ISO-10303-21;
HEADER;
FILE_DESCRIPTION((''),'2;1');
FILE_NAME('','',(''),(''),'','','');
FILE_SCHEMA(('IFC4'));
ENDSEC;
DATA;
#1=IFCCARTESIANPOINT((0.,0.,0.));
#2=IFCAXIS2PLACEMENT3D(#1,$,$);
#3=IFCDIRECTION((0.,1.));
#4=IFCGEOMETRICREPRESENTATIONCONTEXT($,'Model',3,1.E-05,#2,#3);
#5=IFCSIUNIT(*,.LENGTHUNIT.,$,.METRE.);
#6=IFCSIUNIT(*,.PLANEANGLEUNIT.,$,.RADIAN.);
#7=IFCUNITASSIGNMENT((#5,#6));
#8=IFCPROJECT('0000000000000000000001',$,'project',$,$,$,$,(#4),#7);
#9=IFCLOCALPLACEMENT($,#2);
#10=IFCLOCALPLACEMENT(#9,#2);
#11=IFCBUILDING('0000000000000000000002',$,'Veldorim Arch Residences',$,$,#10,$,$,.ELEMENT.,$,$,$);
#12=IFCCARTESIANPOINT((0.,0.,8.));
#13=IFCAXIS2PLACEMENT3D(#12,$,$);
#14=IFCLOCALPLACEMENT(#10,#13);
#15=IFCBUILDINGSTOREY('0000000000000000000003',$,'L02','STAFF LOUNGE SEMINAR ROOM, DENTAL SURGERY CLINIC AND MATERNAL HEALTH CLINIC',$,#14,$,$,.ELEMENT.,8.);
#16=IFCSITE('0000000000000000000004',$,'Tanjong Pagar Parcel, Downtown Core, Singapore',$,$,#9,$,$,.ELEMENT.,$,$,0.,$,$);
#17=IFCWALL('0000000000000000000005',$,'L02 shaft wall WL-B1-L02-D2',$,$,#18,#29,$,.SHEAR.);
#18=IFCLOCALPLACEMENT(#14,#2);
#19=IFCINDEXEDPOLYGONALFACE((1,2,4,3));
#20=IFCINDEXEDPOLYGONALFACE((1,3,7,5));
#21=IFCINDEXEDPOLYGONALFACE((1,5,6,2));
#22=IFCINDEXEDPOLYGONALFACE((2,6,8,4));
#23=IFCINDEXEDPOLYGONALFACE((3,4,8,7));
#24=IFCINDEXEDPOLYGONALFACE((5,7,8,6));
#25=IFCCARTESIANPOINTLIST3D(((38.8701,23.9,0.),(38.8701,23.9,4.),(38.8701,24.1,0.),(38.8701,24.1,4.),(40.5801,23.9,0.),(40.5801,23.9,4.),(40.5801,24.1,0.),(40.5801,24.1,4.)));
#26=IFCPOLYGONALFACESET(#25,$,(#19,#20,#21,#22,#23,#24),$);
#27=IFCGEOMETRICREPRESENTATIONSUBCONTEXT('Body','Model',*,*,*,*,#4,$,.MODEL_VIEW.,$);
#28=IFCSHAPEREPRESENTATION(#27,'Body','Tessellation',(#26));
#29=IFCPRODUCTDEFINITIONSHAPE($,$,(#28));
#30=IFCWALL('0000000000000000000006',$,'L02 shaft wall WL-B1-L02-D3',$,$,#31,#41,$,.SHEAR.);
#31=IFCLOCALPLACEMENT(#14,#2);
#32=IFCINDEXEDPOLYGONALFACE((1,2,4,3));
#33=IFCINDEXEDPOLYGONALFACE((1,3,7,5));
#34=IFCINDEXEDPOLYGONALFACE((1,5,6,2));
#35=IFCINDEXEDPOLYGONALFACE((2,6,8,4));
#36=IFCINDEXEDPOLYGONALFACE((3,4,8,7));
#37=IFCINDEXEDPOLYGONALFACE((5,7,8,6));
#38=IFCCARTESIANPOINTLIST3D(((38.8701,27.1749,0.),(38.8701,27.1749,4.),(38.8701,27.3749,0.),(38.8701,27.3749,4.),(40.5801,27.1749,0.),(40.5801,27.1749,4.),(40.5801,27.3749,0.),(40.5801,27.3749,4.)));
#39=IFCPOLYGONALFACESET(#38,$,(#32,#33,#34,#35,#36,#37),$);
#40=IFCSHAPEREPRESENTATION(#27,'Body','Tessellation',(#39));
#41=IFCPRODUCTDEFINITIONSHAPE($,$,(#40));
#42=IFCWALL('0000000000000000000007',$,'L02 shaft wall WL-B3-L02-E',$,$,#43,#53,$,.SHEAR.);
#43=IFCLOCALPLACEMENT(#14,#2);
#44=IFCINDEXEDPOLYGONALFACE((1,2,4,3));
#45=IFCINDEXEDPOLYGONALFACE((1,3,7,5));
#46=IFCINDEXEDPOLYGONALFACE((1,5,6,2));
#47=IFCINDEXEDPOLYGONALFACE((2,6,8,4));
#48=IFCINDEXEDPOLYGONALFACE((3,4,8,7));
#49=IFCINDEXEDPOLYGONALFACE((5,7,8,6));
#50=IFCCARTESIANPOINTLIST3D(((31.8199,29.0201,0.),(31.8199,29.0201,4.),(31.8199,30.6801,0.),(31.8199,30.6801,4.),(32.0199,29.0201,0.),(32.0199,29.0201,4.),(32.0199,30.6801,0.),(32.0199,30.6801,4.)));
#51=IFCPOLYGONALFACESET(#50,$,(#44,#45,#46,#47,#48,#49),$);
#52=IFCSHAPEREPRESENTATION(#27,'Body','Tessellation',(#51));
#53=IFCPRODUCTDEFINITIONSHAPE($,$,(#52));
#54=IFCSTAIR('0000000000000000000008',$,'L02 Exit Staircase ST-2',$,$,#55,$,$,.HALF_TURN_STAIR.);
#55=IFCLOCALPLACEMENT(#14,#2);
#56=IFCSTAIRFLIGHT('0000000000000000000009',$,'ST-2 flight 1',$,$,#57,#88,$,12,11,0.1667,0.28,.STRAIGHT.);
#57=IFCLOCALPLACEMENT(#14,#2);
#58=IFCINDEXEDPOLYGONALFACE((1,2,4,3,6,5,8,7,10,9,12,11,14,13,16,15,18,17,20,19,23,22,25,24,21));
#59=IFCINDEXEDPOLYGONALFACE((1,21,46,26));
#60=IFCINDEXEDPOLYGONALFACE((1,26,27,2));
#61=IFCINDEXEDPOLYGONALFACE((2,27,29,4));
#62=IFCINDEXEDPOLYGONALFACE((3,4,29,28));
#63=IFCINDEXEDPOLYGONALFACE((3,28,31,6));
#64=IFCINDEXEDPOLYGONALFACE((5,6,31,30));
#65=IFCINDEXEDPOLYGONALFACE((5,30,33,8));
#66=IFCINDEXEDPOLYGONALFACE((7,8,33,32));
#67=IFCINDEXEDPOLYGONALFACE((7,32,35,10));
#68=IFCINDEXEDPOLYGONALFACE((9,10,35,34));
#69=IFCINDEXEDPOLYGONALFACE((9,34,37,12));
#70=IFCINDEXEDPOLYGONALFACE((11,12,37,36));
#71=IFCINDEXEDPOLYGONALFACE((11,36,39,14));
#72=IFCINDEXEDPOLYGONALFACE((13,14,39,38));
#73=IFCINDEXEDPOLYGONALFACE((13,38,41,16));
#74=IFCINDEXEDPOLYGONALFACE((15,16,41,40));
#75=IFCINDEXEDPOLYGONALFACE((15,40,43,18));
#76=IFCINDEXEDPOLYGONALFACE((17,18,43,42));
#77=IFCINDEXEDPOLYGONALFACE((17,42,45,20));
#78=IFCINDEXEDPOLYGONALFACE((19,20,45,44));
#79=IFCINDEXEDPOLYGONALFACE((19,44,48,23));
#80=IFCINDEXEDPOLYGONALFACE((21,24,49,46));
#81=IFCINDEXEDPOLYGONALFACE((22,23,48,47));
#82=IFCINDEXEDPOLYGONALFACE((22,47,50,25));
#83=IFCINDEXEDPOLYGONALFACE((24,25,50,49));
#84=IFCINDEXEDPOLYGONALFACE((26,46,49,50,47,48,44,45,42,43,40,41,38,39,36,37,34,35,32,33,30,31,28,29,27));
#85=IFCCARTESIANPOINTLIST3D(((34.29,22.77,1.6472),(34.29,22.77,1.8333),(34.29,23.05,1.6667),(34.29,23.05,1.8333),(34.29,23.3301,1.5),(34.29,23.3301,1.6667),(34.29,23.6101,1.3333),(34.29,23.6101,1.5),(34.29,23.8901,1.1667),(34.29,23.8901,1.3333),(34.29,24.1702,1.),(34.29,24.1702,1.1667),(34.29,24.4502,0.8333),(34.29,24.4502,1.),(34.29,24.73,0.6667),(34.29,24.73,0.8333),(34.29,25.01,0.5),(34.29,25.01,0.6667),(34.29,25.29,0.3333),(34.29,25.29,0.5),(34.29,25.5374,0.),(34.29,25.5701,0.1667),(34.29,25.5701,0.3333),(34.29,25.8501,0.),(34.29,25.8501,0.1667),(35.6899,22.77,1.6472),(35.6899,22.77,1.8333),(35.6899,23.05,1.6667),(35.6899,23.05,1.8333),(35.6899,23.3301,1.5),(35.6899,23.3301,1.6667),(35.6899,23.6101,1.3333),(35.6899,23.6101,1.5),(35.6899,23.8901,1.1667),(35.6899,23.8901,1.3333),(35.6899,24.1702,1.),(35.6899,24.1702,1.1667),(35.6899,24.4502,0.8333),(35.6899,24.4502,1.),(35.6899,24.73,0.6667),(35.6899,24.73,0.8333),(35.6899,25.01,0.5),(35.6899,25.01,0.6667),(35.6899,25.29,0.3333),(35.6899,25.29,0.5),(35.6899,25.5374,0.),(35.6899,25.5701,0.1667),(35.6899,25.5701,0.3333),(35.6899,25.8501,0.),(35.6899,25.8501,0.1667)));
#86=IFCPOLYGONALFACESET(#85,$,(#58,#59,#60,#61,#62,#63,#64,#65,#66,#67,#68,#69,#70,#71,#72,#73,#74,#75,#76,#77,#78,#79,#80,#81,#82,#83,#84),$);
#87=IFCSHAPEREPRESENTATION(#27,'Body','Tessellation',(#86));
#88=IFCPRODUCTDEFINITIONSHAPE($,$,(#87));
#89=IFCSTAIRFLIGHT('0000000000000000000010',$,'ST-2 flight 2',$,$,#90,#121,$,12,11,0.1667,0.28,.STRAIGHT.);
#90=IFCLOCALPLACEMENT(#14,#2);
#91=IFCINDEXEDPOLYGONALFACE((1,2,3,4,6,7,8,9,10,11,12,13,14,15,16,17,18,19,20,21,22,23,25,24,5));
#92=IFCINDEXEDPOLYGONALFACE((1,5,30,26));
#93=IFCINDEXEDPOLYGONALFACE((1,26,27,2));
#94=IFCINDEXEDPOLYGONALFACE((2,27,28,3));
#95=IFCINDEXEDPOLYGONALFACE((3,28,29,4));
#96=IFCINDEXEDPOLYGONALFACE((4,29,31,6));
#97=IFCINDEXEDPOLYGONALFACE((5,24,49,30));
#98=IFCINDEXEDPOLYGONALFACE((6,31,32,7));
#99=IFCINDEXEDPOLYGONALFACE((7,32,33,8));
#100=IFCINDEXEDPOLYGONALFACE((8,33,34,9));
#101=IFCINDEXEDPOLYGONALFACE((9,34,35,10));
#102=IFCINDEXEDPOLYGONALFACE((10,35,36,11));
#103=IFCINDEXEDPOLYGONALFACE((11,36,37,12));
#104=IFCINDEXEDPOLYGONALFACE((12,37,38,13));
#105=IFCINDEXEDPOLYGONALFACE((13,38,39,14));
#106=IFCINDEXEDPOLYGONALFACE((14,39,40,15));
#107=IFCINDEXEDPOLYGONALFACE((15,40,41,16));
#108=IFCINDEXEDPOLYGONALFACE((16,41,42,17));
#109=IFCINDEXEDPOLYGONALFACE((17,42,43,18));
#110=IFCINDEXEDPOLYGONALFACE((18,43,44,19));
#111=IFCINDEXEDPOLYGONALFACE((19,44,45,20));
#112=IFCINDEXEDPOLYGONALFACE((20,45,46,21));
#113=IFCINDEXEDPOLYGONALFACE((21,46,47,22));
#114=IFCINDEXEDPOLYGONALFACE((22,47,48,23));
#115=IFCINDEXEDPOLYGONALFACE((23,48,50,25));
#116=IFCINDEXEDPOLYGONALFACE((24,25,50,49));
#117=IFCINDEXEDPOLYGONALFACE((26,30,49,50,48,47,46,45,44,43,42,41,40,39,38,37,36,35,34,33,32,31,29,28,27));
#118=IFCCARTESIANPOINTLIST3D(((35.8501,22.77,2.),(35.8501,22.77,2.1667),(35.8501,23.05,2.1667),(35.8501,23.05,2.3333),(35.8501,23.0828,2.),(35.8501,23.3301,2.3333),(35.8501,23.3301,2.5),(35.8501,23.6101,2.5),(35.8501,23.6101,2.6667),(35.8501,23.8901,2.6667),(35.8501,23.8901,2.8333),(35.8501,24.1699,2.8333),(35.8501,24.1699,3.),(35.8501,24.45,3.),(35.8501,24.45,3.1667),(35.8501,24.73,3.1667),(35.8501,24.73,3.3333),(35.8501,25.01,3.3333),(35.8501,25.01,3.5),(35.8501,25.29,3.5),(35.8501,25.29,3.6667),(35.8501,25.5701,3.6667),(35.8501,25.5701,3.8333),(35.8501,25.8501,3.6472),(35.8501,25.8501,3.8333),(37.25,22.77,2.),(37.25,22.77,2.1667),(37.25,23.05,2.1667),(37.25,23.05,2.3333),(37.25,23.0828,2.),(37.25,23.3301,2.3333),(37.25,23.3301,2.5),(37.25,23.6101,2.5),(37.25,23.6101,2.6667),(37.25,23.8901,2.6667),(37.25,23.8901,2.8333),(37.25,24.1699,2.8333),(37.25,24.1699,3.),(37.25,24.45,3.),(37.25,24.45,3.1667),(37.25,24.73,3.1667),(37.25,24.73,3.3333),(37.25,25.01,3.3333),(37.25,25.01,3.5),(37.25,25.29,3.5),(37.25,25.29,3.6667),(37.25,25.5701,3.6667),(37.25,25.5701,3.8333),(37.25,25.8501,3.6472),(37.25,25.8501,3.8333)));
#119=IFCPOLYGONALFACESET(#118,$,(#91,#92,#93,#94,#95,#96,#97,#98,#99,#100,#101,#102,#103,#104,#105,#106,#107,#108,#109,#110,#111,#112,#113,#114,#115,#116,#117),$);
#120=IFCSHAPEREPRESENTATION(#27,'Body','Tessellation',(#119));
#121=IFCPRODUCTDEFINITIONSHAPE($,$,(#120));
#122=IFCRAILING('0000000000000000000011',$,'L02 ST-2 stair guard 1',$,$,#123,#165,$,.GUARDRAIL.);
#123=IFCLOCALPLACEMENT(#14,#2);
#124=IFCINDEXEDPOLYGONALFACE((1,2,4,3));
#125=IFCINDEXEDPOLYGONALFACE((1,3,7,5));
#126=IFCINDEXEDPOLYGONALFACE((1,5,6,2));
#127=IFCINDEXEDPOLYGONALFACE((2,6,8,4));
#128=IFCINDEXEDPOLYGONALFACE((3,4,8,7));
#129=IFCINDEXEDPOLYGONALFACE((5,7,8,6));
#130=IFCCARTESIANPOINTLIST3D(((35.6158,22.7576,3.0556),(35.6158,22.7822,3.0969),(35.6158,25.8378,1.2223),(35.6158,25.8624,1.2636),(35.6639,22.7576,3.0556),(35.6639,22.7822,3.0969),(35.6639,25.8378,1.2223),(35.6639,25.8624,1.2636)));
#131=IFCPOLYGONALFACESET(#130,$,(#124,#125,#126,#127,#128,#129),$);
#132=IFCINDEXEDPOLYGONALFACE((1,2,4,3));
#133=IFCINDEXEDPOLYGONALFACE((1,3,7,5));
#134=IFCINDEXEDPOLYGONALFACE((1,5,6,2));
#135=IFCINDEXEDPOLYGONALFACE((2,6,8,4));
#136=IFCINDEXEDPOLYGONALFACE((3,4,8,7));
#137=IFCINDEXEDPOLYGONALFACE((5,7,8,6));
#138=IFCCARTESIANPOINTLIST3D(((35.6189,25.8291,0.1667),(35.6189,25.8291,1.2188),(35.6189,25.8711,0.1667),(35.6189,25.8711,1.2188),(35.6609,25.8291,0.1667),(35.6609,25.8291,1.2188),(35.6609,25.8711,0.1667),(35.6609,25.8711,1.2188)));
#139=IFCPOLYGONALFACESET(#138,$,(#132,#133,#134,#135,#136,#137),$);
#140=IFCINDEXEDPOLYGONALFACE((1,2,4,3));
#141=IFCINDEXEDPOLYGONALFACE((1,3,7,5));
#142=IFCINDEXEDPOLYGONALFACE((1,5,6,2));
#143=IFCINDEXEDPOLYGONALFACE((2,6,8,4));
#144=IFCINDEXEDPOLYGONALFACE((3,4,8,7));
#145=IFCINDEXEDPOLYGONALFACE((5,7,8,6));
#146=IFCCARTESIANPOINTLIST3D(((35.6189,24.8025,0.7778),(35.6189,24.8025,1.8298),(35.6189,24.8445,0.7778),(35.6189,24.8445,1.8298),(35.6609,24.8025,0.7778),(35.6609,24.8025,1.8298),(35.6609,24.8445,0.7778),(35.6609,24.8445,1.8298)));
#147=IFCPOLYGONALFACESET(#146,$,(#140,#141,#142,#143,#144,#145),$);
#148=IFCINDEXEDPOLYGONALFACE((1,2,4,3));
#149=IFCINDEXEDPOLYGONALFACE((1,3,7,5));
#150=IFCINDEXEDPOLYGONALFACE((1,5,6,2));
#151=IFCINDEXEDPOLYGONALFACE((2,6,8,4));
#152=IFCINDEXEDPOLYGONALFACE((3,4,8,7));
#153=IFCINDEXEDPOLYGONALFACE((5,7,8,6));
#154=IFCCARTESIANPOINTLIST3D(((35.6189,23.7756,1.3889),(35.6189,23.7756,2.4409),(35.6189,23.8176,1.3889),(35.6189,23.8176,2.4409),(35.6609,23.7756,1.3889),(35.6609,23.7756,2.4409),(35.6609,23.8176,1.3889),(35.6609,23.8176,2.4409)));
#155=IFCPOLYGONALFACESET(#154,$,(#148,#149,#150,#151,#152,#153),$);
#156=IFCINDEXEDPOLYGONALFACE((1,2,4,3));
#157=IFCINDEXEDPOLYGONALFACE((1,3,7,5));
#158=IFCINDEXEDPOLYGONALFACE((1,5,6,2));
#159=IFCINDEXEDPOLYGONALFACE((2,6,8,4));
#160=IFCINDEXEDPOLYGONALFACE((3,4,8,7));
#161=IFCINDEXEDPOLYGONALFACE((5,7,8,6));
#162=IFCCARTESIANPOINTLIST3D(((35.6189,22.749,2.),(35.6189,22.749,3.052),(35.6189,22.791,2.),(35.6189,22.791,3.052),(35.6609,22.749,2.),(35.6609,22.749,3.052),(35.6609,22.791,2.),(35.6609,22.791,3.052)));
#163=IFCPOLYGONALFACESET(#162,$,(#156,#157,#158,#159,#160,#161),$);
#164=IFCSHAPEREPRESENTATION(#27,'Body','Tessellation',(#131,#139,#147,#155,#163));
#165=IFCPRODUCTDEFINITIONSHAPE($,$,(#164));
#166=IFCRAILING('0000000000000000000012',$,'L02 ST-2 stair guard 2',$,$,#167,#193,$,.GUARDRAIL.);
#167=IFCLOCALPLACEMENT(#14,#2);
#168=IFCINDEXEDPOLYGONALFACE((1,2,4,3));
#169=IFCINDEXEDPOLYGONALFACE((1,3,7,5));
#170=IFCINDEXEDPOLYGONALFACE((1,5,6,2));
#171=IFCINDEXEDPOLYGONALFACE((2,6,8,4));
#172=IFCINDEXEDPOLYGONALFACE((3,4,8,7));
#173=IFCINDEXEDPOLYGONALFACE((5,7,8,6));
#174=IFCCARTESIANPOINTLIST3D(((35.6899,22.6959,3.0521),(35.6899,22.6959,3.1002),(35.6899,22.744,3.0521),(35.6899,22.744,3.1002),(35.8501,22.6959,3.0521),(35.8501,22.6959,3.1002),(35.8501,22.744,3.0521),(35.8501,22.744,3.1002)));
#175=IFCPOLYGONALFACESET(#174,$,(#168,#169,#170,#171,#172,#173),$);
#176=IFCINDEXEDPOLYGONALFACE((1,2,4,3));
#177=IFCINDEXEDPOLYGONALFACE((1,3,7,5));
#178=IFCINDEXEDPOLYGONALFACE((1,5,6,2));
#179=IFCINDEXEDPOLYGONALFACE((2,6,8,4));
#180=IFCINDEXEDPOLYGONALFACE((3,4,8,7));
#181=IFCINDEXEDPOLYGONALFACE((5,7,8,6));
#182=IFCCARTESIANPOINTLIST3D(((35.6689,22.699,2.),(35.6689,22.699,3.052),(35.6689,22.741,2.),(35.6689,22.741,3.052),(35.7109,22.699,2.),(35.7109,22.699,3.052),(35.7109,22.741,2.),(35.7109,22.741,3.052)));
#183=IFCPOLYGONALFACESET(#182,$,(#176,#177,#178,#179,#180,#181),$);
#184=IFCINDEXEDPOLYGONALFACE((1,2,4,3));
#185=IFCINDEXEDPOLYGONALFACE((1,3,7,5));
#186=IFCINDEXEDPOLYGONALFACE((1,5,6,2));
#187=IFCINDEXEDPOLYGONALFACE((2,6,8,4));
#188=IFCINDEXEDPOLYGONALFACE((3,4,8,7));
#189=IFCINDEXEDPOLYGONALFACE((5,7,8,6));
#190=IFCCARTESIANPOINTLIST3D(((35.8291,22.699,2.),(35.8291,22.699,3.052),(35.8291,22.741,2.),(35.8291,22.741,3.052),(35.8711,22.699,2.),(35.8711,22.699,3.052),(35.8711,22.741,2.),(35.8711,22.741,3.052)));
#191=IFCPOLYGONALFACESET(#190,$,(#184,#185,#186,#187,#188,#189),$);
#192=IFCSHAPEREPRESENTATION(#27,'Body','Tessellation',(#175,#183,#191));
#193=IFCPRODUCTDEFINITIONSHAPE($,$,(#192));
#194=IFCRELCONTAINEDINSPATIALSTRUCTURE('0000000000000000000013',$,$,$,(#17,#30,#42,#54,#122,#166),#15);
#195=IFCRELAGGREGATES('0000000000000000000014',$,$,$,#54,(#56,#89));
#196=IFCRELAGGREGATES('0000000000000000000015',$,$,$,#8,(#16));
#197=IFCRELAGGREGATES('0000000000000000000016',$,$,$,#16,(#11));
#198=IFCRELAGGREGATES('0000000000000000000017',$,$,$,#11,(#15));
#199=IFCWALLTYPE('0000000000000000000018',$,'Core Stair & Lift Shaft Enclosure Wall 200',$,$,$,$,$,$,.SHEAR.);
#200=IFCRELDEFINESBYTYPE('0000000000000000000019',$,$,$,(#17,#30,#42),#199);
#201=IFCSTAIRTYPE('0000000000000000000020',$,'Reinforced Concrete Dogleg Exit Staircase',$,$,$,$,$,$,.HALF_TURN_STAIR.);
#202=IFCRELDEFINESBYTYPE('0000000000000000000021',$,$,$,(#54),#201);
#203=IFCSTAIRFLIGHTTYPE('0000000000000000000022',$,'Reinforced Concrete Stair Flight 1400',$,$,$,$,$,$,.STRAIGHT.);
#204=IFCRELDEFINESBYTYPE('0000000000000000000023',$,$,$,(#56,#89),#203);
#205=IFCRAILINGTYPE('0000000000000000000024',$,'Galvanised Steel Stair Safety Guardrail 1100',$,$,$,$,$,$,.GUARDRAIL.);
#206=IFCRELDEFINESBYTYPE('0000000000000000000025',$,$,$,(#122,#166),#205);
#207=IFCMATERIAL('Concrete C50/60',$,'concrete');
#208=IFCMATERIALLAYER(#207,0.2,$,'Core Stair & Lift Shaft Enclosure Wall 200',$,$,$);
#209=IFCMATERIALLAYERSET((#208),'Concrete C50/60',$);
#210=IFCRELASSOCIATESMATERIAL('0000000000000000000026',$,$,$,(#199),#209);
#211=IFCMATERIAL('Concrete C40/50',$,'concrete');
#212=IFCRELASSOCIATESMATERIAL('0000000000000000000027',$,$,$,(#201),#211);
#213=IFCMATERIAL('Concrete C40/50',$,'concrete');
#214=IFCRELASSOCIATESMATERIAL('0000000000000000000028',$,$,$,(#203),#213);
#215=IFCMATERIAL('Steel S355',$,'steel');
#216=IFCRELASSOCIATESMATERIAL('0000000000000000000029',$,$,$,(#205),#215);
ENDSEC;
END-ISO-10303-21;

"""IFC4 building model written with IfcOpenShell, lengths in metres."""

from ifc_helpers import new_model, si_unit, direction, frame, frame_2d, origin, origin_2d, place, context, subcontext, project, spatial, polyline, rectangle, outline, extrude, material, layer, layer_set, type_object, element, aggregate, save


model = new_model("IFC4")

# Units and contexts
model_context = context("Model", 3, precision=1e-05, world=origin(), true_north=direction((0.0, 1.0)))
body_context = subcontext(model_context, "Body", "Model", "MODEL_VIEW")
ifc_project = project(units=[si_unit("LENGTHUNIT", "METRE"), si_unit("PLANEANGLEUNIT", "RADIAN")], contexts=[model_context])

# Site, building, storey
site_placement = place(None, origin())
site = spatial("IfcSite", under=ifc_project, at=site_placement, Name="Tanjong Pagar Parcel, Downtown Core, Singapore", CompositionType="ELEMENT", RefElevation=0.0)
building_placement = place(site_placement, origin())
building = spatial("IfcBuilding", under=site, at=building_placement, Name="Veldorim Arch Residences", CompositionType="ELEMENT")
storey_placement = place(building_placement, frame((0.0, 0.0, 8.0)))
storey = spatial("IfcBuildingStorey", under=building, at=storey_placement, Name="L02", Description="STAFF LOUNGE SEMINAR ROOM, DENTAL SURGERY CLINIC AND MATERNAL HEALTH CLINIC", CompositionType="ELEMENT", Elevation=8.0)

# Shared definitions
ifc_material_1 = material(Name="Concrete C50/60", Category="concrete")
ifc_layer_1 = layer(ifc_material_1, 0.2, Name="Core Stair & Lift Shaft Enclosure Wall 200")
ifc_layer_set_1 = layer_set([ifc_layer_1], Name="Concrete C50/60")
wall_type_1 = type_object("IfcWallType", Name="Core Stair & Lift Shaft Enclosure Wall 200", PredefinedType="SHEAR", material=ifc_layer_set_1)

# Walls
for number, where, z_axis, x_axis, name in (
    (1, (38.8701, 24.0, 0.0), (0.0, 0.0, 1.0), (1.0, 0.0, 0.0), "L02 shaft wall WL-B1-L02-D2"),
    (2, (38.8701, 27.2749, 0.0), (0.0, 0.0, 1.0), (1.0, 0.0, 0.0), "L02 shaft wall WL-B1-L02-D3"),
):
    element("IfcWall", number, at=place(storey_placement, frame(where, z_axis=z_axis, x_axis=x_axis)), inside=storey, type_object=wall_type_1, Name=name, PredefinedType="SHEAR", context=body_context, shape_type="SweptSolid", body=[
        extrude(rectangle(XDim=1.71, YDim=0.2, at=frame_2d((0.855, 0.0))), origin(), (0.0, 0.0, 1.0), 4.0),
    ])
wall_1_placement = place(storey_placement, frame((31.9199, 29.02, 0.0), z_axis=(0.0, 0.0, 1.0), x_axis=(0.0, 1.0, 0.0)))
element("IfcWall", 3, at=wall_1_placement, inside=storey, type_object=wall_type_1, Name="L02 shaft wall WL-B3-L02-E", PredefinedType="SHEAR", context=body_context, shape_type="SweptSolid", body=[
    extrude(rectangle(XDim=1.6599, YDim=0.2, at=frame_2d((0.8301, 0.0))), origin(), (0.0, 0.0, 1.0), 4.0),
])

# Stair, stair flights
ifc_material_2 = material(Name="Concrete C40/50", Category="concrete")
stair_type = type_object("IfcStairType", Name="Reinforced Concrete Dogleg Exit Staircase", PredefinedType="HALF_TURN_STAIR", material=ifc_material_2)
stair_placement = place(storey_placement, origin())
stair = element("IfcStair", 4, at=stair_placement, inside=storey, type_object=stair_type, Name="L02 Exit Staircase ST-2", PredefinedType="HALF_TURN_STAIR")
ifc_material_3 = material(Name="Concrete C40/50", Category="concrete")
stair_flight_type = type_object("IfcStairFlightType", Name="Reinforced Concrete Stair Flight 1400", PredefinedType="STRAIGHT", material=ifc_material_3)
stair_flight_1_placement = place(storey_placement, frame((34.99, 25.8501, 0.0), z_axis=(0.0, 0.0, 1.0), x_axis=(0.0, -1.0, 0.0)))
stair_flight_1 = element("IfcStairFlight", 5, at=stair_flight_1_placement, type_object=stair_flight_type, Name="ST-2 flight 1", NumberOfRisers=12, NumberOfTreads=11, PredefinedType="STRAIGHT", RiserHeight=0.1667, TreadLength=0.28, context=body_context, shape_type="SweptSolid", body=[
    extrude(outline(polyline([(0.0, 0.0), (0.0, 0.1667), (0.28, 0.1667), (0.28, 0.3333), (0.5601, 0.3333), (0.5601, 0.5), (0.8401, 0.5), (0.8401, 0.6667), (1.1201, 0.6667), (1.1201, 0.8333), (1.3999, 0.8333), (1.3999, 1.0), (1.6799, 1.0), (1.6799, 1.1667), (1.96, 1.1667), (1.96, 1.3333), (2.24, 1.3333), (2.24, 1.5), (2.52, 1.5), (2.52, 1.6667), (2.8, 1.6667), (2.8, 1.8333), (3.0801, 1.8333), (3.0801, 2.0), (3.0801, 1.6472), (0.3127, 0.0), (0.0, 0.0)])), frame((0.0, 0.7, 0.0), z_axis=(0.0, -1.0, 0.0), x_axis=(1.0, 0.0, 0.0)), (0.0, 0.0, 1.0), 1.3999),
])
stair_flight_2_placement = place(storey_placement, frame((36.55, 22.77, 2.0), z_axis=(0.0, 0.0, 1.0), x_axis=(0.0, 1.0, 0.0)))
stair_flight_2 = element("IfcStairFlight", 6, at=stair_flight_2_placement, type_object=stair_flight_type, Name="ST-2 flight 2", NumberOfRisers=12, NumberOfTreads=11, PredefinedType="STRAIGHT", RiserHeight=0.1667, TreadLength=0.28, context=body_context, shape_type="SweptSolid", body=[
    extrude(outline(polyline([(0.0, 0.0), (0.0, 0.1667), (0.28, 0.1667), (0.28, 0.3333), (0.5601, 0.3333), (0.5601, 0.5), (0.8401, 0.5), (0.8401, 0.6667), (1.1201, 0.6667), (1.1201, 0.8333), (1.3999, 0.8333), (1.3999, 1.0), (1.6799, 1.0), (1.6799, 1.1667), (1.96, 1.1667), (1.96, 1.3333), (2.24, 1.3333), (2.24, 1.5), (2.52, 1.5), (2.52, 1.6667), (2.8, 1.6667), (2.8, 1.8333), (3.0801, 1.8333), (3.0801, 2.0), (3.0801, 1.6472), (0.3127, 0.0), (0.0, 0.0)])), frame((0.0, 0.7, 0.0), z_axis=(0.0, -1.0, 0.0), x_axis=(1.0, 0.0, 0.0)), (0.0, 0.0, 1.0), 1.3999),
])
aggregate(stair, [stair_flight_1, stair_flight_2])

# Railings
ifc_material_4 = material(Name="Steel S355", Category="steel")
railing_type_1 = type_object("IfcRailingType", Name="Galvanised Steel Stair Safety Guardrail 1100", PredefinedType="GUARDRAIL", material=ifc_material_4)
railing_1_placement = place(storey_placement, frame((35.6399, 25.8501, 0.1667)))
element("IfcRailing", 7, at=railing_1_placement, inside=storey, type_object=railing_type_1, Name="L02 ST-2 stair guard 1", PredefinedType="GUARDRAIL", context=body_context, shape_type="SweptSolid", body=[
    extrude(rectangle(XDim=0.0481, YDim=0.0481, at=origin_2d()), frame((0.0, 0.0, 1.0762), z_axis=(0.0, -0.859309, 0.511458), x_axis=(1.0, 0.0, 0.0)), (0.0, 0.0, 1.0), 3.5845),
    extrude(rectangle(XDim=0.042, YDim=0.042, at=origin_2d()), origin(), (0.0, 0.0, 1.0), 1.052),
    extrude(rectangle(XDim=0.042, YDim=0.042, at=origin_2d()), frame((0.0, -1.0266, 0.6111)), (0.0, 0.0, 1.0), 1.052),
    extrude(rectangle(XDim=0.042, YDim=0.042, at=origin_2d()), frame((0.0, -2.0535, 1.2222)), (0.0, 0.0, 1.0), 1.052),
    extrude(rectangle(XDim=0.042, YDim=0.042, at=origin_2d()), frame((0.0, -3.0801, 1.8333)), (0.0, 0.0, 1.0), 1.052),
])
railing_2_placement = place(storey_placement, frame((35.6899, 22.72, 2.0)))
element("IfcRailing", 8, at=railing_2_placement, inside=storey, type_object=railing_type_1, Name="L02 ST-2 stair guard 2", PredefinedType="GUARDRAIL", context=body_context, shape_type="SweptSolid", body=[
    extrude(rectangle(XDim=0.0481, YDim=0.0481, at=origin_2d()), frame((0.0, 0.0, 1.0762), z_axis=(1.0, 0.0, 0.0), x_axis=(0.0, 1.0, 0.0)), (0.0, 0.0, 1.0), 0.1602),
    extrude(rectangle(XDim=0.042, YDim=0.042, at=origin_2d()), origin(), (0.0, 0.0, 1.0), 1.052),
    extrude(rectangle(XDim=0.042, YDim=0.042, at=origin_2d()), frame((0.1602, 0.0, 0.0)), (0.0, 0.0, 1.0), 1.052),
])

save(model, "model.ifc")
